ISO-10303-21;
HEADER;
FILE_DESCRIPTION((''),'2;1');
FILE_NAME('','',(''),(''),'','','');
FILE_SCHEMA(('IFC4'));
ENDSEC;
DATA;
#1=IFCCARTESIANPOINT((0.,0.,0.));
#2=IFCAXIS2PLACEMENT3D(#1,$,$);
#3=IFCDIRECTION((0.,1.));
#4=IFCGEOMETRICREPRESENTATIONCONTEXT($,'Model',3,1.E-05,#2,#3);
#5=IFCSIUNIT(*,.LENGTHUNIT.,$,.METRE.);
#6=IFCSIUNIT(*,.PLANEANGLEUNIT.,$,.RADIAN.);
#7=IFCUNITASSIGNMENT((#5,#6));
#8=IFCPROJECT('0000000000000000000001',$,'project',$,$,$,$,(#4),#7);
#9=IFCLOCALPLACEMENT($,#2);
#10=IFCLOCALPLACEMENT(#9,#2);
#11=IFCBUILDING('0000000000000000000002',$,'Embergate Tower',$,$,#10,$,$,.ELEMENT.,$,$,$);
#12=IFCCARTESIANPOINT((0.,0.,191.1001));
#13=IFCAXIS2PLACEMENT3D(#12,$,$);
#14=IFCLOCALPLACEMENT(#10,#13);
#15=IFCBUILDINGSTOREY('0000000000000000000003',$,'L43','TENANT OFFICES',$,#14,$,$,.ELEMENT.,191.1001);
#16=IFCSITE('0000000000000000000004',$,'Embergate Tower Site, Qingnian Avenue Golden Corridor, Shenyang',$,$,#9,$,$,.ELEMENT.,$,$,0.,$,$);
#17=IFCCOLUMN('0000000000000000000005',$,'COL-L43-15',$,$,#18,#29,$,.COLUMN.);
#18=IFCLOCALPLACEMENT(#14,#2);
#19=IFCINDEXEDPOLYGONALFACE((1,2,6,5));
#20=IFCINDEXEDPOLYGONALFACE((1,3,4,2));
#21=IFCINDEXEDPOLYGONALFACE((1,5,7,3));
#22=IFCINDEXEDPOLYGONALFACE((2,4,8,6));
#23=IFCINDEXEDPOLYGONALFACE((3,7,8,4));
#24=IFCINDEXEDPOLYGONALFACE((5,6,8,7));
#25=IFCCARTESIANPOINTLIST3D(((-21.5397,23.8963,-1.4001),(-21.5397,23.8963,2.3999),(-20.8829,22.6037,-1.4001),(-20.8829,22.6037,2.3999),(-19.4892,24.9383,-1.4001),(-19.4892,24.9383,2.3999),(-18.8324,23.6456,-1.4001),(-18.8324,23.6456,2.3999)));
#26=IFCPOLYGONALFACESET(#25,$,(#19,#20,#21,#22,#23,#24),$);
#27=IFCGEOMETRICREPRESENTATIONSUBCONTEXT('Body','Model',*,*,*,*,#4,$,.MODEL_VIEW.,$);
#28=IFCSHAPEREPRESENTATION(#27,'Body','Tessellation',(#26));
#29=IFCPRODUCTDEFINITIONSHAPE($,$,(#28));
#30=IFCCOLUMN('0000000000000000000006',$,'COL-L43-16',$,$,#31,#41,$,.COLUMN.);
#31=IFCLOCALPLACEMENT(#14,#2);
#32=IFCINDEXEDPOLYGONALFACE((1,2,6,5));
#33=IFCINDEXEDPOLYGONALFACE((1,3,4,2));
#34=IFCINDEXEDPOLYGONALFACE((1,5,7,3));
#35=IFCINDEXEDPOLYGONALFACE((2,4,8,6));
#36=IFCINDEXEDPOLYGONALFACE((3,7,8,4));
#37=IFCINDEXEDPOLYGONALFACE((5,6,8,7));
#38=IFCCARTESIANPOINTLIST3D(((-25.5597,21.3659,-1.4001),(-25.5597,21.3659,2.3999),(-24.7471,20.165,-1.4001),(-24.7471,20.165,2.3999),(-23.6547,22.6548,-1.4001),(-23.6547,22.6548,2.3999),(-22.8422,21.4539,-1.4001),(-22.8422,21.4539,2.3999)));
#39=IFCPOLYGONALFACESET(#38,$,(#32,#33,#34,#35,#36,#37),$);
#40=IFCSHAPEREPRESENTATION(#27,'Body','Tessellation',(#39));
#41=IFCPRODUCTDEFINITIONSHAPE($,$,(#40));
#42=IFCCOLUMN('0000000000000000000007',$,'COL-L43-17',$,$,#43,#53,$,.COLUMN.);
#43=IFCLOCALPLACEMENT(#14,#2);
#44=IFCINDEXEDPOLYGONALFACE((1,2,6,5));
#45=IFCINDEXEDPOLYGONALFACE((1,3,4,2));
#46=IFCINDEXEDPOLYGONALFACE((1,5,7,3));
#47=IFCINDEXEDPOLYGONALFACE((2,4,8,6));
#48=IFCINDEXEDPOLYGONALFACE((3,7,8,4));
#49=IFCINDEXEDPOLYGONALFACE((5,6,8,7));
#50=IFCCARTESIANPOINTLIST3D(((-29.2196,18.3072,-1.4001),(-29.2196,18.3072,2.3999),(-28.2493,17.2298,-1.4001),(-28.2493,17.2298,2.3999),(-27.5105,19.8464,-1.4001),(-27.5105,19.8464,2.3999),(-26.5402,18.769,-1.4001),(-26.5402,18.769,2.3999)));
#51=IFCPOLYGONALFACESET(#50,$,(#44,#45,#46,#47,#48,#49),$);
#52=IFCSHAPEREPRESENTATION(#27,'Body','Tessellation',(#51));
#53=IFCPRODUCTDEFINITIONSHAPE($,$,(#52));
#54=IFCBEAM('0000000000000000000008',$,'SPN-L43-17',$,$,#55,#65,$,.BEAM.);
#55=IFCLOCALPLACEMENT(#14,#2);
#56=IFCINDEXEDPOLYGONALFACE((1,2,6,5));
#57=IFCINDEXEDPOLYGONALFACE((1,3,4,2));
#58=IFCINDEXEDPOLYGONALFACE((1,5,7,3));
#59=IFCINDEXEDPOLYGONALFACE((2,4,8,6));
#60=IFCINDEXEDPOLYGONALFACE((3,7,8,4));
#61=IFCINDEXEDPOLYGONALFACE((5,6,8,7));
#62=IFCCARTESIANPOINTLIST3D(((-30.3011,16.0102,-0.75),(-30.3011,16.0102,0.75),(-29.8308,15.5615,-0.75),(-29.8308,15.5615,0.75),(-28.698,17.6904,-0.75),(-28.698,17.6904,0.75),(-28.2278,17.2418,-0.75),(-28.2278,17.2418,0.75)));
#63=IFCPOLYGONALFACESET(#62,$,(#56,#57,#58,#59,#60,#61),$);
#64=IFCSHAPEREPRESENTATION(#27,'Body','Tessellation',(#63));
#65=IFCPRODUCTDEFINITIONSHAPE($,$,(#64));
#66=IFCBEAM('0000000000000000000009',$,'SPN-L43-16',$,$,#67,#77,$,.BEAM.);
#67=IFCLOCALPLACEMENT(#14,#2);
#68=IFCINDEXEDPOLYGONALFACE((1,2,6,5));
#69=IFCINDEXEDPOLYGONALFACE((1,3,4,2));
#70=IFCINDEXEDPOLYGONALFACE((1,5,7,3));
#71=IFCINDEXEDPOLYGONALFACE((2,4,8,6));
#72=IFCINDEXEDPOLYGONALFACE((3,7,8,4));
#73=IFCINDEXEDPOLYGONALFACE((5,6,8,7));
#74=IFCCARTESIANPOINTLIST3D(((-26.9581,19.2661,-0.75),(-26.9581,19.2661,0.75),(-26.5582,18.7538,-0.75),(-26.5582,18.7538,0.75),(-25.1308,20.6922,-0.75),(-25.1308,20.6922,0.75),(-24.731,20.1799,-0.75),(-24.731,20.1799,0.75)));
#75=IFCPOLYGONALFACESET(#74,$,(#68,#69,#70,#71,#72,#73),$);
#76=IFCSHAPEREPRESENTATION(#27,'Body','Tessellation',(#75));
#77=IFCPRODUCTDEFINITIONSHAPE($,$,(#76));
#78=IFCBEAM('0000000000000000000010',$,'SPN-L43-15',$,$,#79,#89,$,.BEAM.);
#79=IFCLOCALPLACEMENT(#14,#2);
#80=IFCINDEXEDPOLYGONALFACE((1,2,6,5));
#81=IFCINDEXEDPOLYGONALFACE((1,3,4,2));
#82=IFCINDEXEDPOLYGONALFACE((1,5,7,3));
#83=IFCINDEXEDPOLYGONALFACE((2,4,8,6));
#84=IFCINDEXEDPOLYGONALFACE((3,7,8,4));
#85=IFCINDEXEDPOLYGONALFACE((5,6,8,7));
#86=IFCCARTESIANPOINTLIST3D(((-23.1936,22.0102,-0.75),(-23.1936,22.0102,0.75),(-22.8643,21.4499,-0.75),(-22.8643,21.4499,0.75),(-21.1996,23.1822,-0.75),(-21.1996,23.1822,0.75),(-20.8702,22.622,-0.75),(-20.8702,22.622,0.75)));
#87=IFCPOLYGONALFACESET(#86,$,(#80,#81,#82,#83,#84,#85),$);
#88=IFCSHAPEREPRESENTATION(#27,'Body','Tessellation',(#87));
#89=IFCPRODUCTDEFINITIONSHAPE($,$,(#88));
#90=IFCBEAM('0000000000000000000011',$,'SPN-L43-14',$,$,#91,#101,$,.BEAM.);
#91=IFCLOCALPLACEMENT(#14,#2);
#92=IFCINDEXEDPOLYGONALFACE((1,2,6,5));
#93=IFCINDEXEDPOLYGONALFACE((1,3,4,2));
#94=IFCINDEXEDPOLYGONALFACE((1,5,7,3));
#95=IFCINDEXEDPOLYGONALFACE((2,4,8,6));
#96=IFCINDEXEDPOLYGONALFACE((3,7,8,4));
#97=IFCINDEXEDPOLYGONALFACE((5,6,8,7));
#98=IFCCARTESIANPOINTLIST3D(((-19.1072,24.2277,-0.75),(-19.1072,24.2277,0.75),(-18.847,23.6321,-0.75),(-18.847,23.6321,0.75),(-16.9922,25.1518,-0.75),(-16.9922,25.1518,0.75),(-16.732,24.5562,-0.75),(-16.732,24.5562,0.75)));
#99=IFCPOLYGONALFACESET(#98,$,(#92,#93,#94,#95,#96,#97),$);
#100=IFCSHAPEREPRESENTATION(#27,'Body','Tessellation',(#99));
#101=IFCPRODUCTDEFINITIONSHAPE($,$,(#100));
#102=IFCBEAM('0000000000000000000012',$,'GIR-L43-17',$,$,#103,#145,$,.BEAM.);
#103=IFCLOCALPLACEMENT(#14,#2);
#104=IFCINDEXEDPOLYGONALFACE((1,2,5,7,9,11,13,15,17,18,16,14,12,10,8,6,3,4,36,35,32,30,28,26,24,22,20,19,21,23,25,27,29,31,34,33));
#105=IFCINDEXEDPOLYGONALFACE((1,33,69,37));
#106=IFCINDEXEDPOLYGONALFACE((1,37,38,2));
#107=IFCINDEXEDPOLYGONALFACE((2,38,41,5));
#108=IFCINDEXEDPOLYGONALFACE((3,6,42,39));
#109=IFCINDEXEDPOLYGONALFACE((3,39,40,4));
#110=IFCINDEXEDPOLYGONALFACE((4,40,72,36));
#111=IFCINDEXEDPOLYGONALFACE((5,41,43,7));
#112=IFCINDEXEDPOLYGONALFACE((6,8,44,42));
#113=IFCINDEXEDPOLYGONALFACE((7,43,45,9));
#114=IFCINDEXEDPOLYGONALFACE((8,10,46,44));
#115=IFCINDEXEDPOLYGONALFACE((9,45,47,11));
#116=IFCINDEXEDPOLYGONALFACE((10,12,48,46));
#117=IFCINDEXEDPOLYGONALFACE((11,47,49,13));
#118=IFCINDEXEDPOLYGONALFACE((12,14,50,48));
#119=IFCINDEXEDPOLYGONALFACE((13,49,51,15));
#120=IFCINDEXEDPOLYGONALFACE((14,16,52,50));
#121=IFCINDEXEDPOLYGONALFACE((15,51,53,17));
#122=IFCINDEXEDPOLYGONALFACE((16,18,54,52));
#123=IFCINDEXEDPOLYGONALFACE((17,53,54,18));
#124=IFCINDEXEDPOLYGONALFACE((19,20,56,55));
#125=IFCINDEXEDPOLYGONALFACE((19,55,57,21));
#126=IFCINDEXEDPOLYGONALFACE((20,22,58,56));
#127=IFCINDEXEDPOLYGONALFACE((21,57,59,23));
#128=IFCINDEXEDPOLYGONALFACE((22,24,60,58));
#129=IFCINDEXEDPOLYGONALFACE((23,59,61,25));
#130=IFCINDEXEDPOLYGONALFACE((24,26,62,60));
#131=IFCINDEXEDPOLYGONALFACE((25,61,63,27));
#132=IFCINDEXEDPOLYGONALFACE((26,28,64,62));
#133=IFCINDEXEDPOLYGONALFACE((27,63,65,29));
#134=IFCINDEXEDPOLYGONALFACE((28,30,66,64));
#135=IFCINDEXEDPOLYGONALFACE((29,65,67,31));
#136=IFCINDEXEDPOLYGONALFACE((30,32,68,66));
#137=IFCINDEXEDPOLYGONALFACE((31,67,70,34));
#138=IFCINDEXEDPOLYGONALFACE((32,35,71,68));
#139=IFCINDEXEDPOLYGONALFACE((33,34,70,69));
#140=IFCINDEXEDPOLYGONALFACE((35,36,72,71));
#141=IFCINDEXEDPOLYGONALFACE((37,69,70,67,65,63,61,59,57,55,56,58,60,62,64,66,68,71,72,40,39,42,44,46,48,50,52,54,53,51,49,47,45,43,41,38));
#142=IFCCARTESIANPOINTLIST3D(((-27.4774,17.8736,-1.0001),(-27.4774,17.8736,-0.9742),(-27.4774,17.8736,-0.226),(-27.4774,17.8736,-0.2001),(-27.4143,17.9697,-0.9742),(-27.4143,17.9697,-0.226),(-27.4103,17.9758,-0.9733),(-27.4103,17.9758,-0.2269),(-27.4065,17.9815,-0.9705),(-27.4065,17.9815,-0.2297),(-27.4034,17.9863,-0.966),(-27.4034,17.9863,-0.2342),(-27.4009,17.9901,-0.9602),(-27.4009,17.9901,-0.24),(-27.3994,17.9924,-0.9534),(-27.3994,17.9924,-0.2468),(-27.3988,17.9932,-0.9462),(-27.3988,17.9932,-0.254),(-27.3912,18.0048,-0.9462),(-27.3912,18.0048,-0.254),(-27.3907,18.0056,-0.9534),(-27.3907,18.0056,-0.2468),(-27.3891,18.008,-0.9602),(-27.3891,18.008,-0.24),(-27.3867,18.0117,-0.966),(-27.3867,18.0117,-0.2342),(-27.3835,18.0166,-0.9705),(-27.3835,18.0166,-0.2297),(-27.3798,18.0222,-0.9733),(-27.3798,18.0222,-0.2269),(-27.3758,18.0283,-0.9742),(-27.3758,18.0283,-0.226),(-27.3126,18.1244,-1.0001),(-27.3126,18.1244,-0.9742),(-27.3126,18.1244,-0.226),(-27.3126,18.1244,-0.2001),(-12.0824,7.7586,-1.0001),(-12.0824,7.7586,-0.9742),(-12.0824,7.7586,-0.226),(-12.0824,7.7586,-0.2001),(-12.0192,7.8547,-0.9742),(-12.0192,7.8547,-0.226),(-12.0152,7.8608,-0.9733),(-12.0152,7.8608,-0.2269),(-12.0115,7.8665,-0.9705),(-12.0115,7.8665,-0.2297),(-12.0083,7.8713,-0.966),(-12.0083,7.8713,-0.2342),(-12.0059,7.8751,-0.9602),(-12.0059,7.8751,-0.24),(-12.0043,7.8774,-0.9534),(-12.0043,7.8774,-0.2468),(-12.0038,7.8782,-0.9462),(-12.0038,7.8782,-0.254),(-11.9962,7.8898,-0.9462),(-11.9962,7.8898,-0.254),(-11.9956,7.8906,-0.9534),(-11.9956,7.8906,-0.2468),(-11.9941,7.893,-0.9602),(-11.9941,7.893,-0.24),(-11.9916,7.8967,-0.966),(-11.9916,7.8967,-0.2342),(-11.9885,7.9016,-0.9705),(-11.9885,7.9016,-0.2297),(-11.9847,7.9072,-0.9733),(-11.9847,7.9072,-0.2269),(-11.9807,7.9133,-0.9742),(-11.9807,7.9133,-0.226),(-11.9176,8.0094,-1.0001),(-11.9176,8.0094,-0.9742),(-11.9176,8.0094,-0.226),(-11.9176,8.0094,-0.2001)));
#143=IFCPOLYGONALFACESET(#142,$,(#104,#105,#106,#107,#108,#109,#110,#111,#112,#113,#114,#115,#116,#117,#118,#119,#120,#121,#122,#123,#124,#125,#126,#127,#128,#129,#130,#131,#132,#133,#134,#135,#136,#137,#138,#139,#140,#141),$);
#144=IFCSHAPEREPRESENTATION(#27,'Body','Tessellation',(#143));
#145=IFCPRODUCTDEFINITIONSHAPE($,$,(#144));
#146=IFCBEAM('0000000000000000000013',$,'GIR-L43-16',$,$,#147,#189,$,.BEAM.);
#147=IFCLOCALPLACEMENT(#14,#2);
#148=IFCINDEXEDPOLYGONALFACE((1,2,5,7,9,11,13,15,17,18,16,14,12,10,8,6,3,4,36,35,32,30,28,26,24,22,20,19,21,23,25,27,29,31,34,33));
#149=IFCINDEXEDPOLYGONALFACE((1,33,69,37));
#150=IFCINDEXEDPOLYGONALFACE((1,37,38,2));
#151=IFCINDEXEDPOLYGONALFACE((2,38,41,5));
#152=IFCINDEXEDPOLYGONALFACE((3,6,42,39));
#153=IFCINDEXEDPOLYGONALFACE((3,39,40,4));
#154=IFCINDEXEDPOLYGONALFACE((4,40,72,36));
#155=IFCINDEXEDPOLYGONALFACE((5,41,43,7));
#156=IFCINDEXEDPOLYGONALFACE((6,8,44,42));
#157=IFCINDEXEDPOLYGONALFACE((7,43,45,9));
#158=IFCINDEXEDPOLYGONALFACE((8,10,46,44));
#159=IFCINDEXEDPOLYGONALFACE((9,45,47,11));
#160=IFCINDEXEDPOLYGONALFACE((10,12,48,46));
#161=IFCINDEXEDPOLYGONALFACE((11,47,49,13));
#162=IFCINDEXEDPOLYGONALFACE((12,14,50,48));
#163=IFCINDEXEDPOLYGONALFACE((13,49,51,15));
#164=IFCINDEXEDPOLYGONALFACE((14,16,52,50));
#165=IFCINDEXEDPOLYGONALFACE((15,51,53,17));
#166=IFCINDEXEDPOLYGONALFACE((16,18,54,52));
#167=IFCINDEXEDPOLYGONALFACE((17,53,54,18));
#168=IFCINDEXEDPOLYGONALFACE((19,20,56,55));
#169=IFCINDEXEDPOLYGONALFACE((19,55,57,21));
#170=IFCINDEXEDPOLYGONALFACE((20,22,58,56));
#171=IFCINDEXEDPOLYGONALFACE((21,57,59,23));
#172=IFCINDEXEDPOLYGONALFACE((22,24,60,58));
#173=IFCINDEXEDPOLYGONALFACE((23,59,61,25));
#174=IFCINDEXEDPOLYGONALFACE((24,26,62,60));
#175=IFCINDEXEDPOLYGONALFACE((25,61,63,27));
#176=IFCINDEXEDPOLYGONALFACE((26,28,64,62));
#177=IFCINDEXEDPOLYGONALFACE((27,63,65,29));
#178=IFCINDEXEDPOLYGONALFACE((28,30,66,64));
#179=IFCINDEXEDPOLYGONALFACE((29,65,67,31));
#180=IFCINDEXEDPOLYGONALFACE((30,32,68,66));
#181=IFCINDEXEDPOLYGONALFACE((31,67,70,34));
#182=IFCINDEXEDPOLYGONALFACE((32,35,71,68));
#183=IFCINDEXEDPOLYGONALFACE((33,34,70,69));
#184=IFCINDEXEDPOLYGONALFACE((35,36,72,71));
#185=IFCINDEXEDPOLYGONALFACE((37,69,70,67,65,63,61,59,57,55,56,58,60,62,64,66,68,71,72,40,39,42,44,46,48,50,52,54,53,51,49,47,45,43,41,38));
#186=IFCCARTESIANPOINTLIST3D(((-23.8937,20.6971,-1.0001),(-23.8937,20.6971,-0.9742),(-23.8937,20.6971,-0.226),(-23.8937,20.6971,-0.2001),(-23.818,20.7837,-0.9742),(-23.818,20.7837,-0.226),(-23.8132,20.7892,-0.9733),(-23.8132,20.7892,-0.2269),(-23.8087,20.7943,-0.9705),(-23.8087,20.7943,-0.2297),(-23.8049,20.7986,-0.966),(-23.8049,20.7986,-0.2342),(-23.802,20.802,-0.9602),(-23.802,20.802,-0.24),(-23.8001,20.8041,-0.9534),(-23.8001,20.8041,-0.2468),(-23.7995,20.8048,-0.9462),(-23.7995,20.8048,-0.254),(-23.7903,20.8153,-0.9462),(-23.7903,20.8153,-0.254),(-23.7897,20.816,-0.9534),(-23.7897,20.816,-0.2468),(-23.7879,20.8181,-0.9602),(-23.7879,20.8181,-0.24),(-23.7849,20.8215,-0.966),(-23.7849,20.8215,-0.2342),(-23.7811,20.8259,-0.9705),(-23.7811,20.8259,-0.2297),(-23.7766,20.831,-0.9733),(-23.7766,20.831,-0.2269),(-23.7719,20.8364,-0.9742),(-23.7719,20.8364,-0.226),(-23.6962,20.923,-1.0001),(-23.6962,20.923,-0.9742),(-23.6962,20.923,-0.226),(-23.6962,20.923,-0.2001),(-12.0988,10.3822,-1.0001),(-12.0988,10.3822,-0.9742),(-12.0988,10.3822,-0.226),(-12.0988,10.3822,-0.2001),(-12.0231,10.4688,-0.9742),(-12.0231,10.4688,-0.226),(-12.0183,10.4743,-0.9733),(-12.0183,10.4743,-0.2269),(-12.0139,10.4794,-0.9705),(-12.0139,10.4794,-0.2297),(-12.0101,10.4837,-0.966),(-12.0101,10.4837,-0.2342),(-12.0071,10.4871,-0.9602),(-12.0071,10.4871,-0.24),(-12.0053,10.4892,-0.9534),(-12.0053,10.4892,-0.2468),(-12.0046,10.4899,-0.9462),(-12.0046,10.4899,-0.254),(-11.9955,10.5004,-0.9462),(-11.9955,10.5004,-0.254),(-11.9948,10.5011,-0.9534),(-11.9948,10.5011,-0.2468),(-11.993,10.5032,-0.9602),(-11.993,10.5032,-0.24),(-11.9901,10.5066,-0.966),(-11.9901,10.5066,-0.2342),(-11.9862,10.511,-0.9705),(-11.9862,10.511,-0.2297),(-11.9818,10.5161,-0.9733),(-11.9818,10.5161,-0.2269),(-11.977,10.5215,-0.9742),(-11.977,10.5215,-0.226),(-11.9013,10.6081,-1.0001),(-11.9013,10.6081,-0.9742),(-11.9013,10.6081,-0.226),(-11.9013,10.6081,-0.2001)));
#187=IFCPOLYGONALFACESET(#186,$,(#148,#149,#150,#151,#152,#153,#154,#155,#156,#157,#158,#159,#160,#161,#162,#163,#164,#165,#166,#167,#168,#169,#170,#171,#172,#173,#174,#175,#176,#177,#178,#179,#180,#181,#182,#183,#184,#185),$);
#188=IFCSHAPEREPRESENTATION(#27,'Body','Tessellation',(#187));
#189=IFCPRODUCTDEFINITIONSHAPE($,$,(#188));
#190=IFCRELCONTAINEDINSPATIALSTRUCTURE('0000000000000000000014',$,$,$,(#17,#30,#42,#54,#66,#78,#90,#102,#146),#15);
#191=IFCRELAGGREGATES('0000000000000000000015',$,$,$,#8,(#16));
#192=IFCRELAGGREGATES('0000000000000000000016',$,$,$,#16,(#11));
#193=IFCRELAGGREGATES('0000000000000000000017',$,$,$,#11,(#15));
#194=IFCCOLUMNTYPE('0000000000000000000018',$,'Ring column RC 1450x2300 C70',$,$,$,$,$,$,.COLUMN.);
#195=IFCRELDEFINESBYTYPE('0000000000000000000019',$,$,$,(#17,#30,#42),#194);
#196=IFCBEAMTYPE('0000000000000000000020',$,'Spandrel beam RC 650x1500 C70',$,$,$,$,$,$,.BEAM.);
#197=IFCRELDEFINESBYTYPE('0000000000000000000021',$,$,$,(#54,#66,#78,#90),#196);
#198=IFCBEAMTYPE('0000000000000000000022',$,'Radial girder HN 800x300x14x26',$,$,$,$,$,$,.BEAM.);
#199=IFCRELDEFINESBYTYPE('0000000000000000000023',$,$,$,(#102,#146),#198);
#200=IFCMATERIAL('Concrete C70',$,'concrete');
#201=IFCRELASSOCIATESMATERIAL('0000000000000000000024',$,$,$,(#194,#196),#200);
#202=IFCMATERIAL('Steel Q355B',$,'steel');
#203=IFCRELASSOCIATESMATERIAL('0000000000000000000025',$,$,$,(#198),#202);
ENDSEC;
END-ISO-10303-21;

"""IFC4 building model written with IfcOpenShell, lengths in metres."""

from ifc_helpers import new_model, si_unit, direction, frame, origin, origin_2d, place, context, subcontext, project, spatial, rectangle, i_section, extrude, source, transform, mapped, material, material_profile, profile_set, type_object, element, save


model = new_model("IFC4")

# Units and contexts
model_context = context("Model", 3, precision=1e-05, world=origin(), true_north=direction((0.0, 1.0)))
body_context = subcontext(model_context, "Body", "Model", "MODEL_VIEW")
ifc_project = project(units=[si_unit("LENGTHUNIT", "METRE"), si_unit("PLANEANGLEUNIT", "RADIAN")], contexts=[model_context])

# Site, building, storey
site_placement = place(None, origin())
site = spatial("IfcSite", under=ifc_project, at=site_placement, Name="Embergate Tower Site, Qingnian Avenue Golden Corridor, Shenyang", CompositionType="ELEMENT", RefElevation=0.0)
building_placement = place(site_placement, origin())
building = spatial("IfcBuilding", under=site, at=building_placement, Name="Embergate Tower", CompositionType="ELEMENT")
storey_placement = place(building_placement, frame((0.0, 0.0, 191.1001)))
storey = spatial("IfcBuildingStorey", under=building, at=storey_placement, Name="L43", Description="TENANT OFFICES", CompositionType="ELEMENT", Elevation=191.1001)

# Columns
ifc_material_1 = material(Name="Concrete C70", Category="concrete")
ifc_material_profile_1 = material_profile(ifc_material_1, rectangle(XDim=1.45, YDim=2.3, at=origin_2d()), Name="RC 1450x2300")
ifc_profile_set_1 = profile_set([ifc_material_profile_1], Name="Concrete C70")
column_type = type_object("IfcColumnType", Name="Ring column RC 1450x2300 C70", PredefinedType="COLUMN", material=ifc_profile_set_1)
shared_shape_1 = source(origin(), body_context, "Body", "SweptSolid", [
    extrude(rectangle(XDim=1.45, YDim=2.3, at=origin_2d()), origin(), (0.0, 0.0, 1.0), 3.8),
])
for number, where, z_axis, x_axis, name in (
    (1, (-20.186, 23.771, -1.4001), (0.0, 0.0, 1.0), (-0.453011, 0.891505, 0.0), "COL-L43-15"),
    (2, (-24.2009, 21.4099, -1.4001), (0.0, 0.0, 1.0), (-0.560393, 0.828227, 0.0), "COL-L43-16"),
    (3, (-27.8799, 18.5381, -1.4001), (0.0, 0.0, 1.0), (-0.669208, 0.743075, 0.0), "COL-L43-17"),
):
    element("IfcColumn", number, at=place(storey_placement, frame(where, z_axis=z_axis, x_axis=x_axis)), inside=storey, type_object=column_type, Name=name, PredefinedType="COLUMN", context=body_context, shape_type="MappedRepresentation", body=[
        mapped(shared_shape_1, transform((0.0, 0.0, 0.0))),
    ])

# Beams
ifc_material_profile_2 = material_profile(ifc_material_1, rectangle(XDim=0.6499, YDim=1.5, at=origin_2d()), Name="RC 650x1500")
ifc_profile_set_2 = profile_set([ifc_material_profile_2], Name="Concrete C70")
beam_type_1 = type_object("IfcBeamType", Name="Spandrel beam RC 650x1500 C70", PredefinedType="BEAM", material=ifc_profile_set_2)
shared_shape_2 = source(origin(), body_context, "Body", "SweptSolid", [
    extrude(rectangle(XDim=0.6499, YDim=1.5, at=origin_2d()), origin(), (0.0, 0.0, 1.0), 2.3223),
])
beam_1_placement = place(storey_placement, frame((-28.4629, 17.4661, 0.0), z_axis=(-0.690301, -0.723523, 0.0), x_axis=(0.723523, -0.690301, 0.0)))
element("IfcBeam", 4, at=beam_1_placement, inside=storey, type_object=beam_type_1, Name="SPN-L43-17", PredefinedType="BEAM", context=body_context, shape_type="MappedRepresentation", body=[
    mapped(shared_shape_2, transform((0.0, 0.0, 0.0))),
])
shared_shape_3 = source(origin(), body_context, "Body", "SweptSolid", [
    extrude(rectangle(XDim=0.6499, YDim=1.5, at=origin_2d()), origin(), (0.0, 0.0, 1.0), 2.3179),
])
beam_2_placement = place(storey_placement, frame((-24.9309, 20.436, 0.0), z_axis=(-0.788325, -0.61526, 0.0), x_axis=(0.61526, -0.788325, 0.0)))
element("IfcBeam", 5, at=beam_2_placement, inside=storey, type_object=beam_type_1, Name="SPN-L43-16", PredefinedType="BEAM", context=body_context, shape_type="MappedRepresentation", body=[
    mapped(shared_shape_3, transform((0.0, 0.0, 0.0))),
])
shared_shape_4 = source(origin(), body_context, "Body", "SweptSolid", [
    extrude(rectangle(XDim=0.6499, YDim=1.5, at=origin_2d()), origin(), (0.0, 0.0, 1.0), 2.313),
])
beam_3_placement = place(storey_placement, frame((-21.0349, 22.9021, 0.0), z_axis=(-0.862105, -0.50673, 0.0), x_axis=(0.50673, -0.862105, 0.0)))
element("IfcBeam", 6, at=beam_3_placement, inside=storey, type_object=beam_type_1, Name="SPN-L43-15", PredefinedType="BEAM", context=body_context, shape_type="MappedRepresentation", body=[
    mapped(shared_shape_4, transform((0.0, 0.0, 0.0))),
])
shared_shape_5 = source(origin(), body_context, "Body", "SweptSolid", [
    extrude(rectangle(XDim=0.6499, YDim=1.5, at=origin_2d()), origin(), (0.0, 0.0, 1.0), 2.3081),
])
beam_4_placement = place(storey_placement, frame((-16.8621, 24.854, 0.0), z_axis=(-0.916354, -0.400369, 0.0), x_axis=(0.400369, -0.916354, 0.0)))
element("IfcBeam", 7, at=beam_4_placement, inside=storey, type_object=beam_type_1, Name="SPN-L43-14", PredefinedType="BEAM", context=body_context, shape_type="MappedRepresentation", body=[
    mapped(shared_shape_5, transform((0.0, 0.0, 0.0))),
])
ifc_material_2 = material(Name="Steel Q355B", Category="steel")
ifc_material_profile_3 = material_profile(ifc_material_2, i_section(OverallWidth=0.3, OverallDepth=0.8, WebThickness=0.0139, FlangeThickness=0.0259, FilletRadius=0.0281, at=origin_2d()), Name="HN 800x300x14x26")
ifc_profile_set_3 = profile_set([ifc_material_profile_3], Name="Steel Q355 grade B")
beam_type_2 = type_object("IfcBeamType", Name="Radial girder HN 800x300x14x26", PredefinedType="BEAM", material=ifc_profile_set_3)
shared_shape_6 = source(origin(), body_context, "Body", "SweptSolid", [
    extrude(i_section(OverallWidth=0.3, OverallDepth=0.8, WebThickness=0.0139, FlangeThickness=0.0259, FilletRadius=0.0281, at=origin_2d()), origin(), (0.0, 0.0, 1.0), 18.4207),
])
beam_5_placement = place(storey_placement, frame((-27.395, 17.999, -0.6001), z_axis=(0.835749, -0.549112, 0.0), x_axis=(0.549112, 0.835749, 0.0)))
element("IfcBeam", 8, at=beam_5_placement, inside=storey, type_object=beam_type_2, Name="GIR-L43-17", PredefinedType="BEAM", context=body_context, shape_type="MappedRepresentation", body=[
    mapped(shared_shape_6, transform((0.0, 0.0, 0.0))),
])
shared_shape_7 = source(origin(), body_context, "Body", "SweptSolid", [
    extrude(i_section(OverallWidth=0.3, OverallDepth=0.8, WebThickness=0.0139, FlangeThickness=0.0259, FilletRadius=0.0281, at=origin_2d()), origin(), (0.0, 0.0, 1.0), 15.6689),
])
beam_6_placement = place(storey_placement, frame((-23.7949, 20.8101, -0.6001), z_axis=(0.752754, -0.658302, 0.0), x_axis=(0.658302, 0.752754, 0.0)))
element("IfcBeam", 9, at=beam_6_placement, inside=storey, type_object=beam_type_2, Name="GIR-L43-16", PredefinedType="BEAM", context=body_context, shape_type="MappedRepresentation", body=[
    mapped(shared_shape_7, transform((0.0, 0.0, 0.0))),
])

save(model, "model.ifc")
